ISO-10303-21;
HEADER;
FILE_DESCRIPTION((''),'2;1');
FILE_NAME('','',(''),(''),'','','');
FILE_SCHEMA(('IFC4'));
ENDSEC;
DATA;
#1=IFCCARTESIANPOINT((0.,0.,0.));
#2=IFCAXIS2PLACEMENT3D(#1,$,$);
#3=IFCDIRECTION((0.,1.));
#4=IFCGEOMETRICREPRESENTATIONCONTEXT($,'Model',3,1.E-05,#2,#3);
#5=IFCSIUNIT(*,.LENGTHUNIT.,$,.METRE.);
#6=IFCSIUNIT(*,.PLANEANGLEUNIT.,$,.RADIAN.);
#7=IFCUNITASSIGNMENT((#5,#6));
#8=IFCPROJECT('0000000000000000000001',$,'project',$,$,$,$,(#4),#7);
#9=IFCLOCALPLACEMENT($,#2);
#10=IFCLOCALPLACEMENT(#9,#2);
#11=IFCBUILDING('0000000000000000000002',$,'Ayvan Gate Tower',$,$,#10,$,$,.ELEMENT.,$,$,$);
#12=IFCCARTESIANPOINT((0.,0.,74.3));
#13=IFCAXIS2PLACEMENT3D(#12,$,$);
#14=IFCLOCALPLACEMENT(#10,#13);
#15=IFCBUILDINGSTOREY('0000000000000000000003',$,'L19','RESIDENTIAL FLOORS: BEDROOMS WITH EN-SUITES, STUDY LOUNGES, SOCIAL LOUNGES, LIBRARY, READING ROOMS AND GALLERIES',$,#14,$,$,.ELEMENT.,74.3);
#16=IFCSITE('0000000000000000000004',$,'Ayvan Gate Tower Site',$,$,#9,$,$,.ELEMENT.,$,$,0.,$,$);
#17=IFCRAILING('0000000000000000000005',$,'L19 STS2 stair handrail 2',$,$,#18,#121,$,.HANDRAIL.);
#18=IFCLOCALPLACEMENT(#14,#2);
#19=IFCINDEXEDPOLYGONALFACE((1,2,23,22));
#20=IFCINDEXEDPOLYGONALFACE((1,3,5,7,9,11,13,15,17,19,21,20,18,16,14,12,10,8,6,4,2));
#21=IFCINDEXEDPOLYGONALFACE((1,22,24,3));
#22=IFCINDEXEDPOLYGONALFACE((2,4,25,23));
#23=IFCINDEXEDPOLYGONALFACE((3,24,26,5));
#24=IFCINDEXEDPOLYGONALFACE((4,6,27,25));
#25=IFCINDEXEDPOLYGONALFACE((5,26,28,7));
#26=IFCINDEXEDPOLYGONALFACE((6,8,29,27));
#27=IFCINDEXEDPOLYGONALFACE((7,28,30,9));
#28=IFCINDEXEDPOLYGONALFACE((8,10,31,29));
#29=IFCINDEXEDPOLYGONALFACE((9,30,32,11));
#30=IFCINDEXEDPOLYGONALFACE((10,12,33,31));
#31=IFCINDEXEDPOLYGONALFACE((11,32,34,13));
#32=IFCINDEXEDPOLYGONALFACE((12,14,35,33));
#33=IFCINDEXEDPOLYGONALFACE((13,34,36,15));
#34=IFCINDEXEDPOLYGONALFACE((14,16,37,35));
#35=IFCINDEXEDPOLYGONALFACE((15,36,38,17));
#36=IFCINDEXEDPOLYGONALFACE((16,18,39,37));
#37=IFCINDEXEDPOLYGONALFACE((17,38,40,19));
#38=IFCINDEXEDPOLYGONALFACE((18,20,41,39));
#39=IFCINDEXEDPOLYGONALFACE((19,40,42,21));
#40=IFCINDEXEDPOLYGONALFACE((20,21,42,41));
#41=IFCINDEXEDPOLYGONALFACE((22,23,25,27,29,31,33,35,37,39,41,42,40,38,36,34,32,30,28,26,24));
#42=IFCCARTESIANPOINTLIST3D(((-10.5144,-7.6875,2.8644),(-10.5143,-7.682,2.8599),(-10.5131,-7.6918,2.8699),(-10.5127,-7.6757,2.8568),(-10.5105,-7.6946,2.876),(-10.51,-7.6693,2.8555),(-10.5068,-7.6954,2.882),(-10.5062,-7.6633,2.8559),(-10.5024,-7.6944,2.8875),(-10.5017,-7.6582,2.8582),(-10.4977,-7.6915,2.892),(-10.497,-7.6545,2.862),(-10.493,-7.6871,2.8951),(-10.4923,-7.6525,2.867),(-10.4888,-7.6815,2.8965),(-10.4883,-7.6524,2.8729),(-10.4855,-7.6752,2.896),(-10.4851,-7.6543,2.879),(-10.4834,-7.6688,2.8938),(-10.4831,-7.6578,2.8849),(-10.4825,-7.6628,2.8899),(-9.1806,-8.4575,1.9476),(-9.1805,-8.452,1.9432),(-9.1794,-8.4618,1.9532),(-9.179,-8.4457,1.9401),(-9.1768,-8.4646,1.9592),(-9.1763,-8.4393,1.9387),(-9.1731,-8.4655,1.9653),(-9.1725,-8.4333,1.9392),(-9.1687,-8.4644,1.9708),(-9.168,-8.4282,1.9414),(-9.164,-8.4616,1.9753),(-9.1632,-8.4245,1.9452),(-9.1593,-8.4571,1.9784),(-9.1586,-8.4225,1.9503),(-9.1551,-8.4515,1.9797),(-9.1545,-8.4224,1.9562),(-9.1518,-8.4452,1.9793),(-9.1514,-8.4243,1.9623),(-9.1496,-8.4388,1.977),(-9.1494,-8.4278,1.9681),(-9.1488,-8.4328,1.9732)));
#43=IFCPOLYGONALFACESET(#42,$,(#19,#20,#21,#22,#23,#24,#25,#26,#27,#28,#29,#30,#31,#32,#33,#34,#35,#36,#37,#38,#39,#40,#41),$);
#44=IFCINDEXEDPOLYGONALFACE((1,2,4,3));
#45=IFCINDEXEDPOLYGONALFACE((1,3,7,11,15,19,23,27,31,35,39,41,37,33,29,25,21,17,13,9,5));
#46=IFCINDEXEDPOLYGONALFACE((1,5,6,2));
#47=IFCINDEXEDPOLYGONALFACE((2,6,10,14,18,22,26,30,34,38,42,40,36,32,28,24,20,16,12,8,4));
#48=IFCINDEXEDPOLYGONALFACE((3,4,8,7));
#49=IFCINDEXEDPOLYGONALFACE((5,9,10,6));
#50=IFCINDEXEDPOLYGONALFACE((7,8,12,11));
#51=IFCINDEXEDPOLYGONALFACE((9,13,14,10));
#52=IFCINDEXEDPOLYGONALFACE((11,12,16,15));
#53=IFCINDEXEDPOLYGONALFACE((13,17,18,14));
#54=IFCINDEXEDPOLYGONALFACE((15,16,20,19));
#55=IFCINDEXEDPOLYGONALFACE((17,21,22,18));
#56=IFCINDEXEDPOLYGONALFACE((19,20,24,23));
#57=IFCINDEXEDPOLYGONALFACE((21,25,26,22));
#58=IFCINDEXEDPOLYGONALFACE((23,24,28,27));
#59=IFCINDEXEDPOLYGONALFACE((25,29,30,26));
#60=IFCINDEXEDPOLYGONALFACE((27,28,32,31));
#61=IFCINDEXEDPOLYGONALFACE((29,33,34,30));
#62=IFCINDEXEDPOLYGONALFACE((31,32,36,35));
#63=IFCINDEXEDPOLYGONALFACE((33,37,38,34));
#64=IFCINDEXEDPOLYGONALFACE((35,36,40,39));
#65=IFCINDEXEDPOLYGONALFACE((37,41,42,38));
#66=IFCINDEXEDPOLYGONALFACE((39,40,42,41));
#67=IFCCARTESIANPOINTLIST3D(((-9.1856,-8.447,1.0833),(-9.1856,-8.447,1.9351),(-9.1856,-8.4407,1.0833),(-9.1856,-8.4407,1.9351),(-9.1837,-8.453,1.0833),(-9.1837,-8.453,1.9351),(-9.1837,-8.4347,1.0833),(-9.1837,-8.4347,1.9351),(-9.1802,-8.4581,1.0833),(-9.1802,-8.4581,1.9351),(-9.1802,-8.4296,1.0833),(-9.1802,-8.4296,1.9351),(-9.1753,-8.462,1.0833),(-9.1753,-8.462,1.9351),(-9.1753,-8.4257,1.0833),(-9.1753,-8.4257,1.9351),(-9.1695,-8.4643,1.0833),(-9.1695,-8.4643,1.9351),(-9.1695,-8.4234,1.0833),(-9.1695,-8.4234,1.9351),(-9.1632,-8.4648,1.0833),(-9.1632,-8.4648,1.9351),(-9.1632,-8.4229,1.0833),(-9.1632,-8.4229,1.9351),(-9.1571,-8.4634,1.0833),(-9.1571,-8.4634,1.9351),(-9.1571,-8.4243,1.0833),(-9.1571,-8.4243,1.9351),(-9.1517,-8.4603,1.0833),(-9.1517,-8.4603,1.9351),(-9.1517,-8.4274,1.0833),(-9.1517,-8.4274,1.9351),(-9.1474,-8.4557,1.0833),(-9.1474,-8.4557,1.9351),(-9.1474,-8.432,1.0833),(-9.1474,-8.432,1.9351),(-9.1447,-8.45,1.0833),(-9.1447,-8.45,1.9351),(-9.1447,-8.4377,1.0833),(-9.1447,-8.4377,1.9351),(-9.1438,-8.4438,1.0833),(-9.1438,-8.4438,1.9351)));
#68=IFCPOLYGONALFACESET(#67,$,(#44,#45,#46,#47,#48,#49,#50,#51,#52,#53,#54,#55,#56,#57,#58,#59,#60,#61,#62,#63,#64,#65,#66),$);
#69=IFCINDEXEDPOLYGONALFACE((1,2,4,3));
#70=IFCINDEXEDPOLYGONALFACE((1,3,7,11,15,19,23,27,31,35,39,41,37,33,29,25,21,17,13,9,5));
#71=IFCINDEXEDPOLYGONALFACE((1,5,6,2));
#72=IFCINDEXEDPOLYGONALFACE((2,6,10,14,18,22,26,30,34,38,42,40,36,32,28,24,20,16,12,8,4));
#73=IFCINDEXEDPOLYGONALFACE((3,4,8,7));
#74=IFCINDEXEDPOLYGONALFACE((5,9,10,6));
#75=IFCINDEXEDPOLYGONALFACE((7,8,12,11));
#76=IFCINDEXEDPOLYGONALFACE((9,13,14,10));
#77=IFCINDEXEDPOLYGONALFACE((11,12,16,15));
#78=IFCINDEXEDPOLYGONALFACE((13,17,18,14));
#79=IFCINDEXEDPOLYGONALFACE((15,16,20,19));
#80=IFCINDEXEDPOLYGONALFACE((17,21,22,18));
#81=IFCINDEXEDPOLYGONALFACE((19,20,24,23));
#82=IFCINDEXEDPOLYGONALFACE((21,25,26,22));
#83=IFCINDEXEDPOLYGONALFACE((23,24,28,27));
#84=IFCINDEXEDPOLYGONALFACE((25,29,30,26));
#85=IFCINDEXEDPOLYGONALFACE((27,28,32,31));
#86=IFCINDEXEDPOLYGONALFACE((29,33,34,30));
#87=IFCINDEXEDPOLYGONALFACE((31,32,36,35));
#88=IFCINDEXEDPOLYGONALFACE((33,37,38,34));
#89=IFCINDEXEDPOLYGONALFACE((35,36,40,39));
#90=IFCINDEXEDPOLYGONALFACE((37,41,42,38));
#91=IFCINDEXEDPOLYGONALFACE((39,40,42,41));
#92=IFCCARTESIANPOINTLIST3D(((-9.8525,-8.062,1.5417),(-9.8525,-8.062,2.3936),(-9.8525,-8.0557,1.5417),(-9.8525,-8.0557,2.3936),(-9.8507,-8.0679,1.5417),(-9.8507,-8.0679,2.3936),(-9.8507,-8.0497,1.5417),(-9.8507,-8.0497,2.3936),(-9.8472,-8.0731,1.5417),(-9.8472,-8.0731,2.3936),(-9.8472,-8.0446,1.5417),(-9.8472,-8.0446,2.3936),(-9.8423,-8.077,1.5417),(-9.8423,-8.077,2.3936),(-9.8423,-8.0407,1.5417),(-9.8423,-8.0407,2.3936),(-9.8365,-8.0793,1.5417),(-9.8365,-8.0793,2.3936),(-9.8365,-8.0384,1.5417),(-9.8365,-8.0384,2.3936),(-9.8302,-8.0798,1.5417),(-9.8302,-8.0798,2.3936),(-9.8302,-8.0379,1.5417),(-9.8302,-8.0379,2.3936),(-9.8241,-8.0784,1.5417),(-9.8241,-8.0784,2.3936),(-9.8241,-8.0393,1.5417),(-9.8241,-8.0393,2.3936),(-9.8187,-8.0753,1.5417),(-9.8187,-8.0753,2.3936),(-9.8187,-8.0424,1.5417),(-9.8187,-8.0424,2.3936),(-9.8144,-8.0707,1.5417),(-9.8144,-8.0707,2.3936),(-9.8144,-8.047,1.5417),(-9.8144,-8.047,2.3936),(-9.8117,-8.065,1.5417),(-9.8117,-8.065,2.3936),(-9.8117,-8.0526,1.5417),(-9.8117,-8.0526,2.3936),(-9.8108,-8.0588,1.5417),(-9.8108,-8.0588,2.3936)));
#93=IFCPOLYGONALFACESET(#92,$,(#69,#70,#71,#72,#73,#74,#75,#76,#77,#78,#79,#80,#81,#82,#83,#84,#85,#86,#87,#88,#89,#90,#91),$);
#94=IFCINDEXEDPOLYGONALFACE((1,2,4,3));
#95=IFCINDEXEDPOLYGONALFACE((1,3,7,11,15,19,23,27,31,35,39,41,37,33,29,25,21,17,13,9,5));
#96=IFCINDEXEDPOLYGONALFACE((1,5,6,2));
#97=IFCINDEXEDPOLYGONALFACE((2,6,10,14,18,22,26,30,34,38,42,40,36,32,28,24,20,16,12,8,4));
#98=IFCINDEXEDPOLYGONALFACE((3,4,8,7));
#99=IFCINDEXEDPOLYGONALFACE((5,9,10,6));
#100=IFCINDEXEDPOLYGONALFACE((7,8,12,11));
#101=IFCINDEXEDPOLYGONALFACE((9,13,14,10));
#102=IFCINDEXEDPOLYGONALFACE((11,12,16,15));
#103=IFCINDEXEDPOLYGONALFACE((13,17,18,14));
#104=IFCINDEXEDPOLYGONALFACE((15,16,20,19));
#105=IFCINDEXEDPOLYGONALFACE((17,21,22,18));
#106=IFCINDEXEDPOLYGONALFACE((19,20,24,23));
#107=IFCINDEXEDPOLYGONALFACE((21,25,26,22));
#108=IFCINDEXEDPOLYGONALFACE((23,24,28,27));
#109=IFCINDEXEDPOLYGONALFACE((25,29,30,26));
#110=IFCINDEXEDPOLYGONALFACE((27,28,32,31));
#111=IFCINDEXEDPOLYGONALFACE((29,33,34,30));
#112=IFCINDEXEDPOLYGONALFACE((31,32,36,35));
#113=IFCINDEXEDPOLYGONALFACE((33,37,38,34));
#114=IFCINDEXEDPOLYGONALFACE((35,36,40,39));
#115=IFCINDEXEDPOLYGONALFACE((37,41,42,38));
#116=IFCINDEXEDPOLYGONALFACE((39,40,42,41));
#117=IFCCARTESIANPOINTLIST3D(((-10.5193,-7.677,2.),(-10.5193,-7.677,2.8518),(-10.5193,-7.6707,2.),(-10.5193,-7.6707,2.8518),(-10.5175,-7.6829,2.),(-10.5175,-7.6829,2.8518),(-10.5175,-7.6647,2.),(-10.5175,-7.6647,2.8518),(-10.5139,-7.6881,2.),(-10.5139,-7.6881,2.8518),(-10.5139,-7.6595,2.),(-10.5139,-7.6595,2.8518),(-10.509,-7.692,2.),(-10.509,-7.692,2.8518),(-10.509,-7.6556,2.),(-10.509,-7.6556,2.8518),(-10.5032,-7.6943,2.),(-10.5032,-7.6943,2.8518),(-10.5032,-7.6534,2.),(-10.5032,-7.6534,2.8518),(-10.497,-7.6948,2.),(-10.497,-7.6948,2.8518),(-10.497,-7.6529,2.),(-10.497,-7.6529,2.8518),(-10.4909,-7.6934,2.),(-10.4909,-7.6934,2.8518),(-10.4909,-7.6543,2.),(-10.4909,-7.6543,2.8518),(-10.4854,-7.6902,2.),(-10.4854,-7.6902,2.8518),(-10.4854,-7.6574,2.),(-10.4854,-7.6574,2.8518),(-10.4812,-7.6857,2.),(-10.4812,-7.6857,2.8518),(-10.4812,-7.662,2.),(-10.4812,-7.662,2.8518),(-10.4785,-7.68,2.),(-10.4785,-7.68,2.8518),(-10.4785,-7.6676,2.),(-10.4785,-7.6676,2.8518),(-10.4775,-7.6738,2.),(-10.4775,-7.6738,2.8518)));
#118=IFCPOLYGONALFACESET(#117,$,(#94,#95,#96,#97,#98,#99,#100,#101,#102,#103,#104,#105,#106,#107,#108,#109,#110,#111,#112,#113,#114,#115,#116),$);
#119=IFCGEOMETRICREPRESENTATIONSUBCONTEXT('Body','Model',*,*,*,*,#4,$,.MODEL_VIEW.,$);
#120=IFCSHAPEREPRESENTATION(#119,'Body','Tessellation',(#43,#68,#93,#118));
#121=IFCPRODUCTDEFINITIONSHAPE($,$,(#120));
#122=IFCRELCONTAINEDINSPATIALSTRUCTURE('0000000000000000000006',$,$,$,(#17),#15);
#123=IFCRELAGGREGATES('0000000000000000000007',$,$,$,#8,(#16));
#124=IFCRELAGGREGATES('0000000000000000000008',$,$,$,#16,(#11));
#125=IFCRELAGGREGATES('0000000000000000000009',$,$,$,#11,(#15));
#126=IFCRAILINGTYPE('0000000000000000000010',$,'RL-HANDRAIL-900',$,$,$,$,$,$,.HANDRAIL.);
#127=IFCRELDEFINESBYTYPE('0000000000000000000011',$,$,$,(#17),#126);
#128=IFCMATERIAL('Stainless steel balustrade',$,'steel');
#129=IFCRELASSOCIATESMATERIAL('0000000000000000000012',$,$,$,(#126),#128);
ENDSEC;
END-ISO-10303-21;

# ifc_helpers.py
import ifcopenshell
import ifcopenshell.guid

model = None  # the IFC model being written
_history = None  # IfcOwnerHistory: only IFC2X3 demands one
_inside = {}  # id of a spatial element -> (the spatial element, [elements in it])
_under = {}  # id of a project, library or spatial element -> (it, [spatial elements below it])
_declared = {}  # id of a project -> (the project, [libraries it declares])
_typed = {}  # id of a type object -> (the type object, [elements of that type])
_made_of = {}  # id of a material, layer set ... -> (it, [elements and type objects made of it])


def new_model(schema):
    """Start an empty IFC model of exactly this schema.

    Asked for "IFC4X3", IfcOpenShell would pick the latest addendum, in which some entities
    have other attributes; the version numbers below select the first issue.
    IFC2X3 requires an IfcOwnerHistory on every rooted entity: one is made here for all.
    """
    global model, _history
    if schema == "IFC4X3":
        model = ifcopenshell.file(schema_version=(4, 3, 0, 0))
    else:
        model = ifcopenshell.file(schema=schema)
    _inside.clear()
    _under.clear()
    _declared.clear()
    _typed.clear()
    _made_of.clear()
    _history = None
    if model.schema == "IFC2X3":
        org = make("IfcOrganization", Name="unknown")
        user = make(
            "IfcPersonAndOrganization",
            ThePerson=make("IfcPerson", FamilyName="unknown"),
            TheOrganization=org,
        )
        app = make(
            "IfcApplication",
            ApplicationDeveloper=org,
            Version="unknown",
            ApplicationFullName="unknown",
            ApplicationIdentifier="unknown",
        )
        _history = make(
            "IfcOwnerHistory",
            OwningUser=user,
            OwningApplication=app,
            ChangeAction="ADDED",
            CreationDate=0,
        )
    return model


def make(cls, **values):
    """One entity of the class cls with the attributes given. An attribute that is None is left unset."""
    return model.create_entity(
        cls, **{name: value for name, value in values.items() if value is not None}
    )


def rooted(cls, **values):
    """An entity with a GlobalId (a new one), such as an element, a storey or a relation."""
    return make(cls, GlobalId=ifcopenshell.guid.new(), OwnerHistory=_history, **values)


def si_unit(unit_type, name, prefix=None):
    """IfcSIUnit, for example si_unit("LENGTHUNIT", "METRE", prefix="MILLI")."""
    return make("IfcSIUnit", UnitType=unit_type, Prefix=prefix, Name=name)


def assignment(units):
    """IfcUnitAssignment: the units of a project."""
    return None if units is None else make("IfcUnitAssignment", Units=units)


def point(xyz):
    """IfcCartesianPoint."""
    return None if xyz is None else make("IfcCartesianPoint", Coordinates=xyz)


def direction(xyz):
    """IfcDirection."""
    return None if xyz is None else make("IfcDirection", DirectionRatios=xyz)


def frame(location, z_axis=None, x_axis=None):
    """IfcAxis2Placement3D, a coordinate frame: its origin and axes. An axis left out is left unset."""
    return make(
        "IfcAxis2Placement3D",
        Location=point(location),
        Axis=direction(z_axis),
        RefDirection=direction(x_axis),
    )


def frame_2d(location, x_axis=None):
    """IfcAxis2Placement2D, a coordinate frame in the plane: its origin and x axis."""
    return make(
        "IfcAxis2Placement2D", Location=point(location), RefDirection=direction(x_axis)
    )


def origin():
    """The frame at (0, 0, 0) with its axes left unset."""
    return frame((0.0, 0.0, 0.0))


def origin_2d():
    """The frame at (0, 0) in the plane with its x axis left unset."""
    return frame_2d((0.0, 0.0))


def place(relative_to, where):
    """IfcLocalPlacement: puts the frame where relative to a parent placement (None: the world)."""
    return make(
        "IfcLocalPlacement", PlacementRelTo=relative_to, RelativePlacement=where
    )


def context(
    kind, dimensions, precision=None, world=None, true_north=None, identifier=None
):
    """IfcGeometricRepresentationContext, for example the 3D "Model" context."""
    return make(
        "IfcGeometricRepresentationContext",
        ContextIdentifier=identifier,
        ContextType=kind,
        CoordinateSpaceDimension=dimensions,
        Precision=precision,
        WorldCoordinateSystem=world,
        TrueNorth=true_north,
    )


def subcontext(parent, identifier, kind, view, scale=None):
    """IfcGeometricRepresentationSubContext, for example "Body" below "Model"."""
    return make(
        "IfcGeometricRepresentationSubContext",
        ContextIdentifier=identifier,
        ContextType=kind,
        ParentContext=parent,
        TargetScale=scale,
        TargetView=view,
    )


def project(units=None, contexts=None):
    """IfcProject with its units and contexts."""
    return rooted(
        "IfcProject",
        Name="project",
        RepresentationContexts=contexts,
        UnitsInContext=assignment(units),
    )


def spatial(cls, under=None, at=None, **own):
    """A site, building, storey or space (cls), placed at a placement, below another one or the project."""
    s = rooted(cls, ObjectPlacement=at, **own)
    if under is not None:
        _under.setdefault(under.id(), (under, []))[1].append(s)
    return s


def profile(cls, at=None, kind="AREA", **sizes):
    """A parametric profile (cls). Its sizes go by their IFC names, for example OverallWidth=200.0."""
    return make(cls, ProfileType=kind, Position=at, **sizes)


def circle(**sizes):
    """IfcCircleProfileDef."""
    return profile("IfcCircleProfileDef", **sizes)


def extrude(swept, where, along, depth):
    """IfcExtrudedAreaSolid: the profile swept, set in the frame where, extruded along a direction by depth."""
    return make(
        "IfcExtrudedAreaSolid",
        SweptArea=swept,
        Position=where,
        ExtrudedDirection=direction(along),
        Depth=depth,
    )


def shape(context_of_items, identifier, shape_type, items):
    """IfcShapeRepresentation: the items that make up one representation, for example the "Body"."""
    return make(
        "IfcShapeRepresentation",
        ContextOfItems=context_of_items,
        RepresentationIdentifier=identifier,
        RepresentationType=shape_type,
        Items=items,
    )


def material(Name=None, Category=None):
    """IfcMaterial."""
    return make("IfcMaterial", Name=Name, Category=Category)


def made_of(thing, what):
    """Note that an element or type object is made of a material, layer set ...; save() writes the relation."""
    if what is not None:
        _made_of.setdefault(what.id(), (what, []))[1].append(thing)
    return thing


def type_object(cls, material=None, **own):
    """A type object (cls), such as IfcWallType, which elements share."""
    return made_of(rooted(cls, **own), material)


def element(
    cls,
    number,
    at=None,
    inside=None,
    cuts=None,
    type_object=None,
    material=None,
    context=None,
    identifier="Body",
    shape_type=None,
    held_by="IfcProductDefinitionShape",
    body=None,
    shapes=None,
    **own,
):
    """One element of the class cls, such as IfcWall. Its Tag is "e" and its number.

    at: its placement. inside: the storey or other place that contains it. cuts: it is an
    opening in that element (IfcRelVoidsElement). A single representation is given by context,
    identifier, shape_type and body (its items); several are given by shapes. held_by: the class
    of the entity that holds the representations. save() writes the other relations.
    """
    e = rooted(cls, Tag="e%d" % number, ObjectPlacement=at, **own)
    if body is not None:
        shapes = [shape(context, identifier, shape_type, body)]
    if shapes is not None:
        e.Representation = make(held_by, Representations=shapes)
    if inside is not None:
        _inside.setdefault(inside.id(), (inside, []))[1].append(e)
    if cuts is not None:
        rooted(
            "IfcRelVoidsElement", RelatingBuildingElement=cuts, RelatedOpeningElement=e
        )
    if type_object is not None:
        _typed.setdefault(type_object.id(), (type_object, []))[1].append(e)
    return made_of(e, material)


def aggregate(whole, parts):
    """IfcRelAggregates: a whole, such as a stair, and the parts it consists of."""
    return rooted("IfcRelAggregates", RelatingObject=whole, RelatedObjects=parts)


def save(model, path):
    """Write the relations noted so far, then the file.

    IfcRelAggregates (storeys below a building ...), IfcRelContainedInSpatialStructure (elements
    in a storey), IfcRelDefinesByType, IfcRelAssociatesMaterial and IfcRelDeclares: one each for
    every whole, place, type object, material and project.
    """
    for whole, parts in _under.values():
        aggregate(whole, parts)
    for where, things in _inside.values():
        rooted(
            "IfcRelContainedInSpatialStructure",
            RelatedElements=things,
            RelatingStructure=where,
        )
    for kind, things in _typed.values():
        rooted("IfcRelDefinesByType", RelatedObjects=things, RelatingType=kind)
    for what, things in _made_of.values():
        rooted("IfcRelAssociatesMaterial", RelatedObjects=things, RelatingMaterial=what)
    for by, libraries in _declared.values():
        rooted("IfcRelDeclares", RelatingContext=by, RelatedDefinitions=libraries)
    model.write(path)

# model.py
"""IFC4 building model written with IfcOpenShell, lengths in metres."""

from ifc_helpers import new_model, si_unit, direction, frame, origin, origin_2d, place, context, subcontext, project, spatial, circle, extrude, material, type_object, element, save


model = new_model("IFC4")

# Units and contexts
model_context = context("Model", 3, precision=1e-05, world=origin(), true_north=direction((0.0, 1.0)))
body_context = subcontext(model_context, "Body", "Model", "MODEL_VIEW")
ifc_project = project(units=[si_unit("LENGTHUNIT", "METRE"), si_unit("PLANEANGLEUNIT", "RADIAN")], contexts=[model_context])

# Site, building, storey
site_placement = place(None, origin())
site = spatial("IfcSite", under=ifc_project, at=site_placement, Name="Ayvan Gate Tower Site", CompositionType="ELEMENT", RefElevation=0.0)
building_placement = place(site_placement, origin())
building = spatial("IfcBuilding", under=site, at=building_placement, Name="Ayvan Gate Tower", CompositionType="ELEMENT")
storey_placement = place(building_placement, frame((0.0, 0.0, 74.3)))
storey = spatial("IfcBuildingStorey", under=building, at=storey_placement, Name="L19", Description="RESIDENTIAL FLOORS: BEDROOMS WITH EN-SUITES, STUDY LOUNGES, SOCIAL LOUNGES, LIBRARY, READING ROOMS AND GALLERIES", CompositionType="ELEMENT", Elevation=74.3)

# Railing
ifc_material_1 = material(Name="Stainless steel balustrade", Category="steel")
railing_type_1 = type_object("IfcRailingType", Name="RL-HANDRAIL-900", PredefinedType="HANDRAIL", material=ifc_material_1)
for number, where, name in (
    (1, (-9.1648, -8.4438, 1.0833), "L19 STS2 stair handrail 2"),
):
    element("IfcRailing", number, at=place(storey_placement, frame(where)), inside=storey, type_object=railing_type_1, Name=name, PredefinedType="HANDRAIL", context=body_context, shape_type="SweptSolid", body=[
        extrude(circle(Radius=0.0239, at=origin_2d()), frame((0.0, 0.0, 0.876), z_axis=(-0.744164, 0.429634, 0.511502), x_axis=(-0.499992, -0.86603, 0.0)), (0.0, 0.0, 1.0), 1.7922),
        extrude(circle(Radius=0.021, at=origin_2d()), origin(), (0.0, 0.0, 1.0), 0.8518),
        extrude(circle(Radius=0.021, at=origin_2d()), frame((-0.667, 0.385, 0.4585)), (0.0, 0.0, 1.0), 0.8518),
        extrude(circle(Radius=0.021, at=origin_2d()), frame((-1.3337, 0.77, 0.9167)), (0.0, 0.0, 1.0), 0.8518),
    ])

save(model, "model.ifc")
